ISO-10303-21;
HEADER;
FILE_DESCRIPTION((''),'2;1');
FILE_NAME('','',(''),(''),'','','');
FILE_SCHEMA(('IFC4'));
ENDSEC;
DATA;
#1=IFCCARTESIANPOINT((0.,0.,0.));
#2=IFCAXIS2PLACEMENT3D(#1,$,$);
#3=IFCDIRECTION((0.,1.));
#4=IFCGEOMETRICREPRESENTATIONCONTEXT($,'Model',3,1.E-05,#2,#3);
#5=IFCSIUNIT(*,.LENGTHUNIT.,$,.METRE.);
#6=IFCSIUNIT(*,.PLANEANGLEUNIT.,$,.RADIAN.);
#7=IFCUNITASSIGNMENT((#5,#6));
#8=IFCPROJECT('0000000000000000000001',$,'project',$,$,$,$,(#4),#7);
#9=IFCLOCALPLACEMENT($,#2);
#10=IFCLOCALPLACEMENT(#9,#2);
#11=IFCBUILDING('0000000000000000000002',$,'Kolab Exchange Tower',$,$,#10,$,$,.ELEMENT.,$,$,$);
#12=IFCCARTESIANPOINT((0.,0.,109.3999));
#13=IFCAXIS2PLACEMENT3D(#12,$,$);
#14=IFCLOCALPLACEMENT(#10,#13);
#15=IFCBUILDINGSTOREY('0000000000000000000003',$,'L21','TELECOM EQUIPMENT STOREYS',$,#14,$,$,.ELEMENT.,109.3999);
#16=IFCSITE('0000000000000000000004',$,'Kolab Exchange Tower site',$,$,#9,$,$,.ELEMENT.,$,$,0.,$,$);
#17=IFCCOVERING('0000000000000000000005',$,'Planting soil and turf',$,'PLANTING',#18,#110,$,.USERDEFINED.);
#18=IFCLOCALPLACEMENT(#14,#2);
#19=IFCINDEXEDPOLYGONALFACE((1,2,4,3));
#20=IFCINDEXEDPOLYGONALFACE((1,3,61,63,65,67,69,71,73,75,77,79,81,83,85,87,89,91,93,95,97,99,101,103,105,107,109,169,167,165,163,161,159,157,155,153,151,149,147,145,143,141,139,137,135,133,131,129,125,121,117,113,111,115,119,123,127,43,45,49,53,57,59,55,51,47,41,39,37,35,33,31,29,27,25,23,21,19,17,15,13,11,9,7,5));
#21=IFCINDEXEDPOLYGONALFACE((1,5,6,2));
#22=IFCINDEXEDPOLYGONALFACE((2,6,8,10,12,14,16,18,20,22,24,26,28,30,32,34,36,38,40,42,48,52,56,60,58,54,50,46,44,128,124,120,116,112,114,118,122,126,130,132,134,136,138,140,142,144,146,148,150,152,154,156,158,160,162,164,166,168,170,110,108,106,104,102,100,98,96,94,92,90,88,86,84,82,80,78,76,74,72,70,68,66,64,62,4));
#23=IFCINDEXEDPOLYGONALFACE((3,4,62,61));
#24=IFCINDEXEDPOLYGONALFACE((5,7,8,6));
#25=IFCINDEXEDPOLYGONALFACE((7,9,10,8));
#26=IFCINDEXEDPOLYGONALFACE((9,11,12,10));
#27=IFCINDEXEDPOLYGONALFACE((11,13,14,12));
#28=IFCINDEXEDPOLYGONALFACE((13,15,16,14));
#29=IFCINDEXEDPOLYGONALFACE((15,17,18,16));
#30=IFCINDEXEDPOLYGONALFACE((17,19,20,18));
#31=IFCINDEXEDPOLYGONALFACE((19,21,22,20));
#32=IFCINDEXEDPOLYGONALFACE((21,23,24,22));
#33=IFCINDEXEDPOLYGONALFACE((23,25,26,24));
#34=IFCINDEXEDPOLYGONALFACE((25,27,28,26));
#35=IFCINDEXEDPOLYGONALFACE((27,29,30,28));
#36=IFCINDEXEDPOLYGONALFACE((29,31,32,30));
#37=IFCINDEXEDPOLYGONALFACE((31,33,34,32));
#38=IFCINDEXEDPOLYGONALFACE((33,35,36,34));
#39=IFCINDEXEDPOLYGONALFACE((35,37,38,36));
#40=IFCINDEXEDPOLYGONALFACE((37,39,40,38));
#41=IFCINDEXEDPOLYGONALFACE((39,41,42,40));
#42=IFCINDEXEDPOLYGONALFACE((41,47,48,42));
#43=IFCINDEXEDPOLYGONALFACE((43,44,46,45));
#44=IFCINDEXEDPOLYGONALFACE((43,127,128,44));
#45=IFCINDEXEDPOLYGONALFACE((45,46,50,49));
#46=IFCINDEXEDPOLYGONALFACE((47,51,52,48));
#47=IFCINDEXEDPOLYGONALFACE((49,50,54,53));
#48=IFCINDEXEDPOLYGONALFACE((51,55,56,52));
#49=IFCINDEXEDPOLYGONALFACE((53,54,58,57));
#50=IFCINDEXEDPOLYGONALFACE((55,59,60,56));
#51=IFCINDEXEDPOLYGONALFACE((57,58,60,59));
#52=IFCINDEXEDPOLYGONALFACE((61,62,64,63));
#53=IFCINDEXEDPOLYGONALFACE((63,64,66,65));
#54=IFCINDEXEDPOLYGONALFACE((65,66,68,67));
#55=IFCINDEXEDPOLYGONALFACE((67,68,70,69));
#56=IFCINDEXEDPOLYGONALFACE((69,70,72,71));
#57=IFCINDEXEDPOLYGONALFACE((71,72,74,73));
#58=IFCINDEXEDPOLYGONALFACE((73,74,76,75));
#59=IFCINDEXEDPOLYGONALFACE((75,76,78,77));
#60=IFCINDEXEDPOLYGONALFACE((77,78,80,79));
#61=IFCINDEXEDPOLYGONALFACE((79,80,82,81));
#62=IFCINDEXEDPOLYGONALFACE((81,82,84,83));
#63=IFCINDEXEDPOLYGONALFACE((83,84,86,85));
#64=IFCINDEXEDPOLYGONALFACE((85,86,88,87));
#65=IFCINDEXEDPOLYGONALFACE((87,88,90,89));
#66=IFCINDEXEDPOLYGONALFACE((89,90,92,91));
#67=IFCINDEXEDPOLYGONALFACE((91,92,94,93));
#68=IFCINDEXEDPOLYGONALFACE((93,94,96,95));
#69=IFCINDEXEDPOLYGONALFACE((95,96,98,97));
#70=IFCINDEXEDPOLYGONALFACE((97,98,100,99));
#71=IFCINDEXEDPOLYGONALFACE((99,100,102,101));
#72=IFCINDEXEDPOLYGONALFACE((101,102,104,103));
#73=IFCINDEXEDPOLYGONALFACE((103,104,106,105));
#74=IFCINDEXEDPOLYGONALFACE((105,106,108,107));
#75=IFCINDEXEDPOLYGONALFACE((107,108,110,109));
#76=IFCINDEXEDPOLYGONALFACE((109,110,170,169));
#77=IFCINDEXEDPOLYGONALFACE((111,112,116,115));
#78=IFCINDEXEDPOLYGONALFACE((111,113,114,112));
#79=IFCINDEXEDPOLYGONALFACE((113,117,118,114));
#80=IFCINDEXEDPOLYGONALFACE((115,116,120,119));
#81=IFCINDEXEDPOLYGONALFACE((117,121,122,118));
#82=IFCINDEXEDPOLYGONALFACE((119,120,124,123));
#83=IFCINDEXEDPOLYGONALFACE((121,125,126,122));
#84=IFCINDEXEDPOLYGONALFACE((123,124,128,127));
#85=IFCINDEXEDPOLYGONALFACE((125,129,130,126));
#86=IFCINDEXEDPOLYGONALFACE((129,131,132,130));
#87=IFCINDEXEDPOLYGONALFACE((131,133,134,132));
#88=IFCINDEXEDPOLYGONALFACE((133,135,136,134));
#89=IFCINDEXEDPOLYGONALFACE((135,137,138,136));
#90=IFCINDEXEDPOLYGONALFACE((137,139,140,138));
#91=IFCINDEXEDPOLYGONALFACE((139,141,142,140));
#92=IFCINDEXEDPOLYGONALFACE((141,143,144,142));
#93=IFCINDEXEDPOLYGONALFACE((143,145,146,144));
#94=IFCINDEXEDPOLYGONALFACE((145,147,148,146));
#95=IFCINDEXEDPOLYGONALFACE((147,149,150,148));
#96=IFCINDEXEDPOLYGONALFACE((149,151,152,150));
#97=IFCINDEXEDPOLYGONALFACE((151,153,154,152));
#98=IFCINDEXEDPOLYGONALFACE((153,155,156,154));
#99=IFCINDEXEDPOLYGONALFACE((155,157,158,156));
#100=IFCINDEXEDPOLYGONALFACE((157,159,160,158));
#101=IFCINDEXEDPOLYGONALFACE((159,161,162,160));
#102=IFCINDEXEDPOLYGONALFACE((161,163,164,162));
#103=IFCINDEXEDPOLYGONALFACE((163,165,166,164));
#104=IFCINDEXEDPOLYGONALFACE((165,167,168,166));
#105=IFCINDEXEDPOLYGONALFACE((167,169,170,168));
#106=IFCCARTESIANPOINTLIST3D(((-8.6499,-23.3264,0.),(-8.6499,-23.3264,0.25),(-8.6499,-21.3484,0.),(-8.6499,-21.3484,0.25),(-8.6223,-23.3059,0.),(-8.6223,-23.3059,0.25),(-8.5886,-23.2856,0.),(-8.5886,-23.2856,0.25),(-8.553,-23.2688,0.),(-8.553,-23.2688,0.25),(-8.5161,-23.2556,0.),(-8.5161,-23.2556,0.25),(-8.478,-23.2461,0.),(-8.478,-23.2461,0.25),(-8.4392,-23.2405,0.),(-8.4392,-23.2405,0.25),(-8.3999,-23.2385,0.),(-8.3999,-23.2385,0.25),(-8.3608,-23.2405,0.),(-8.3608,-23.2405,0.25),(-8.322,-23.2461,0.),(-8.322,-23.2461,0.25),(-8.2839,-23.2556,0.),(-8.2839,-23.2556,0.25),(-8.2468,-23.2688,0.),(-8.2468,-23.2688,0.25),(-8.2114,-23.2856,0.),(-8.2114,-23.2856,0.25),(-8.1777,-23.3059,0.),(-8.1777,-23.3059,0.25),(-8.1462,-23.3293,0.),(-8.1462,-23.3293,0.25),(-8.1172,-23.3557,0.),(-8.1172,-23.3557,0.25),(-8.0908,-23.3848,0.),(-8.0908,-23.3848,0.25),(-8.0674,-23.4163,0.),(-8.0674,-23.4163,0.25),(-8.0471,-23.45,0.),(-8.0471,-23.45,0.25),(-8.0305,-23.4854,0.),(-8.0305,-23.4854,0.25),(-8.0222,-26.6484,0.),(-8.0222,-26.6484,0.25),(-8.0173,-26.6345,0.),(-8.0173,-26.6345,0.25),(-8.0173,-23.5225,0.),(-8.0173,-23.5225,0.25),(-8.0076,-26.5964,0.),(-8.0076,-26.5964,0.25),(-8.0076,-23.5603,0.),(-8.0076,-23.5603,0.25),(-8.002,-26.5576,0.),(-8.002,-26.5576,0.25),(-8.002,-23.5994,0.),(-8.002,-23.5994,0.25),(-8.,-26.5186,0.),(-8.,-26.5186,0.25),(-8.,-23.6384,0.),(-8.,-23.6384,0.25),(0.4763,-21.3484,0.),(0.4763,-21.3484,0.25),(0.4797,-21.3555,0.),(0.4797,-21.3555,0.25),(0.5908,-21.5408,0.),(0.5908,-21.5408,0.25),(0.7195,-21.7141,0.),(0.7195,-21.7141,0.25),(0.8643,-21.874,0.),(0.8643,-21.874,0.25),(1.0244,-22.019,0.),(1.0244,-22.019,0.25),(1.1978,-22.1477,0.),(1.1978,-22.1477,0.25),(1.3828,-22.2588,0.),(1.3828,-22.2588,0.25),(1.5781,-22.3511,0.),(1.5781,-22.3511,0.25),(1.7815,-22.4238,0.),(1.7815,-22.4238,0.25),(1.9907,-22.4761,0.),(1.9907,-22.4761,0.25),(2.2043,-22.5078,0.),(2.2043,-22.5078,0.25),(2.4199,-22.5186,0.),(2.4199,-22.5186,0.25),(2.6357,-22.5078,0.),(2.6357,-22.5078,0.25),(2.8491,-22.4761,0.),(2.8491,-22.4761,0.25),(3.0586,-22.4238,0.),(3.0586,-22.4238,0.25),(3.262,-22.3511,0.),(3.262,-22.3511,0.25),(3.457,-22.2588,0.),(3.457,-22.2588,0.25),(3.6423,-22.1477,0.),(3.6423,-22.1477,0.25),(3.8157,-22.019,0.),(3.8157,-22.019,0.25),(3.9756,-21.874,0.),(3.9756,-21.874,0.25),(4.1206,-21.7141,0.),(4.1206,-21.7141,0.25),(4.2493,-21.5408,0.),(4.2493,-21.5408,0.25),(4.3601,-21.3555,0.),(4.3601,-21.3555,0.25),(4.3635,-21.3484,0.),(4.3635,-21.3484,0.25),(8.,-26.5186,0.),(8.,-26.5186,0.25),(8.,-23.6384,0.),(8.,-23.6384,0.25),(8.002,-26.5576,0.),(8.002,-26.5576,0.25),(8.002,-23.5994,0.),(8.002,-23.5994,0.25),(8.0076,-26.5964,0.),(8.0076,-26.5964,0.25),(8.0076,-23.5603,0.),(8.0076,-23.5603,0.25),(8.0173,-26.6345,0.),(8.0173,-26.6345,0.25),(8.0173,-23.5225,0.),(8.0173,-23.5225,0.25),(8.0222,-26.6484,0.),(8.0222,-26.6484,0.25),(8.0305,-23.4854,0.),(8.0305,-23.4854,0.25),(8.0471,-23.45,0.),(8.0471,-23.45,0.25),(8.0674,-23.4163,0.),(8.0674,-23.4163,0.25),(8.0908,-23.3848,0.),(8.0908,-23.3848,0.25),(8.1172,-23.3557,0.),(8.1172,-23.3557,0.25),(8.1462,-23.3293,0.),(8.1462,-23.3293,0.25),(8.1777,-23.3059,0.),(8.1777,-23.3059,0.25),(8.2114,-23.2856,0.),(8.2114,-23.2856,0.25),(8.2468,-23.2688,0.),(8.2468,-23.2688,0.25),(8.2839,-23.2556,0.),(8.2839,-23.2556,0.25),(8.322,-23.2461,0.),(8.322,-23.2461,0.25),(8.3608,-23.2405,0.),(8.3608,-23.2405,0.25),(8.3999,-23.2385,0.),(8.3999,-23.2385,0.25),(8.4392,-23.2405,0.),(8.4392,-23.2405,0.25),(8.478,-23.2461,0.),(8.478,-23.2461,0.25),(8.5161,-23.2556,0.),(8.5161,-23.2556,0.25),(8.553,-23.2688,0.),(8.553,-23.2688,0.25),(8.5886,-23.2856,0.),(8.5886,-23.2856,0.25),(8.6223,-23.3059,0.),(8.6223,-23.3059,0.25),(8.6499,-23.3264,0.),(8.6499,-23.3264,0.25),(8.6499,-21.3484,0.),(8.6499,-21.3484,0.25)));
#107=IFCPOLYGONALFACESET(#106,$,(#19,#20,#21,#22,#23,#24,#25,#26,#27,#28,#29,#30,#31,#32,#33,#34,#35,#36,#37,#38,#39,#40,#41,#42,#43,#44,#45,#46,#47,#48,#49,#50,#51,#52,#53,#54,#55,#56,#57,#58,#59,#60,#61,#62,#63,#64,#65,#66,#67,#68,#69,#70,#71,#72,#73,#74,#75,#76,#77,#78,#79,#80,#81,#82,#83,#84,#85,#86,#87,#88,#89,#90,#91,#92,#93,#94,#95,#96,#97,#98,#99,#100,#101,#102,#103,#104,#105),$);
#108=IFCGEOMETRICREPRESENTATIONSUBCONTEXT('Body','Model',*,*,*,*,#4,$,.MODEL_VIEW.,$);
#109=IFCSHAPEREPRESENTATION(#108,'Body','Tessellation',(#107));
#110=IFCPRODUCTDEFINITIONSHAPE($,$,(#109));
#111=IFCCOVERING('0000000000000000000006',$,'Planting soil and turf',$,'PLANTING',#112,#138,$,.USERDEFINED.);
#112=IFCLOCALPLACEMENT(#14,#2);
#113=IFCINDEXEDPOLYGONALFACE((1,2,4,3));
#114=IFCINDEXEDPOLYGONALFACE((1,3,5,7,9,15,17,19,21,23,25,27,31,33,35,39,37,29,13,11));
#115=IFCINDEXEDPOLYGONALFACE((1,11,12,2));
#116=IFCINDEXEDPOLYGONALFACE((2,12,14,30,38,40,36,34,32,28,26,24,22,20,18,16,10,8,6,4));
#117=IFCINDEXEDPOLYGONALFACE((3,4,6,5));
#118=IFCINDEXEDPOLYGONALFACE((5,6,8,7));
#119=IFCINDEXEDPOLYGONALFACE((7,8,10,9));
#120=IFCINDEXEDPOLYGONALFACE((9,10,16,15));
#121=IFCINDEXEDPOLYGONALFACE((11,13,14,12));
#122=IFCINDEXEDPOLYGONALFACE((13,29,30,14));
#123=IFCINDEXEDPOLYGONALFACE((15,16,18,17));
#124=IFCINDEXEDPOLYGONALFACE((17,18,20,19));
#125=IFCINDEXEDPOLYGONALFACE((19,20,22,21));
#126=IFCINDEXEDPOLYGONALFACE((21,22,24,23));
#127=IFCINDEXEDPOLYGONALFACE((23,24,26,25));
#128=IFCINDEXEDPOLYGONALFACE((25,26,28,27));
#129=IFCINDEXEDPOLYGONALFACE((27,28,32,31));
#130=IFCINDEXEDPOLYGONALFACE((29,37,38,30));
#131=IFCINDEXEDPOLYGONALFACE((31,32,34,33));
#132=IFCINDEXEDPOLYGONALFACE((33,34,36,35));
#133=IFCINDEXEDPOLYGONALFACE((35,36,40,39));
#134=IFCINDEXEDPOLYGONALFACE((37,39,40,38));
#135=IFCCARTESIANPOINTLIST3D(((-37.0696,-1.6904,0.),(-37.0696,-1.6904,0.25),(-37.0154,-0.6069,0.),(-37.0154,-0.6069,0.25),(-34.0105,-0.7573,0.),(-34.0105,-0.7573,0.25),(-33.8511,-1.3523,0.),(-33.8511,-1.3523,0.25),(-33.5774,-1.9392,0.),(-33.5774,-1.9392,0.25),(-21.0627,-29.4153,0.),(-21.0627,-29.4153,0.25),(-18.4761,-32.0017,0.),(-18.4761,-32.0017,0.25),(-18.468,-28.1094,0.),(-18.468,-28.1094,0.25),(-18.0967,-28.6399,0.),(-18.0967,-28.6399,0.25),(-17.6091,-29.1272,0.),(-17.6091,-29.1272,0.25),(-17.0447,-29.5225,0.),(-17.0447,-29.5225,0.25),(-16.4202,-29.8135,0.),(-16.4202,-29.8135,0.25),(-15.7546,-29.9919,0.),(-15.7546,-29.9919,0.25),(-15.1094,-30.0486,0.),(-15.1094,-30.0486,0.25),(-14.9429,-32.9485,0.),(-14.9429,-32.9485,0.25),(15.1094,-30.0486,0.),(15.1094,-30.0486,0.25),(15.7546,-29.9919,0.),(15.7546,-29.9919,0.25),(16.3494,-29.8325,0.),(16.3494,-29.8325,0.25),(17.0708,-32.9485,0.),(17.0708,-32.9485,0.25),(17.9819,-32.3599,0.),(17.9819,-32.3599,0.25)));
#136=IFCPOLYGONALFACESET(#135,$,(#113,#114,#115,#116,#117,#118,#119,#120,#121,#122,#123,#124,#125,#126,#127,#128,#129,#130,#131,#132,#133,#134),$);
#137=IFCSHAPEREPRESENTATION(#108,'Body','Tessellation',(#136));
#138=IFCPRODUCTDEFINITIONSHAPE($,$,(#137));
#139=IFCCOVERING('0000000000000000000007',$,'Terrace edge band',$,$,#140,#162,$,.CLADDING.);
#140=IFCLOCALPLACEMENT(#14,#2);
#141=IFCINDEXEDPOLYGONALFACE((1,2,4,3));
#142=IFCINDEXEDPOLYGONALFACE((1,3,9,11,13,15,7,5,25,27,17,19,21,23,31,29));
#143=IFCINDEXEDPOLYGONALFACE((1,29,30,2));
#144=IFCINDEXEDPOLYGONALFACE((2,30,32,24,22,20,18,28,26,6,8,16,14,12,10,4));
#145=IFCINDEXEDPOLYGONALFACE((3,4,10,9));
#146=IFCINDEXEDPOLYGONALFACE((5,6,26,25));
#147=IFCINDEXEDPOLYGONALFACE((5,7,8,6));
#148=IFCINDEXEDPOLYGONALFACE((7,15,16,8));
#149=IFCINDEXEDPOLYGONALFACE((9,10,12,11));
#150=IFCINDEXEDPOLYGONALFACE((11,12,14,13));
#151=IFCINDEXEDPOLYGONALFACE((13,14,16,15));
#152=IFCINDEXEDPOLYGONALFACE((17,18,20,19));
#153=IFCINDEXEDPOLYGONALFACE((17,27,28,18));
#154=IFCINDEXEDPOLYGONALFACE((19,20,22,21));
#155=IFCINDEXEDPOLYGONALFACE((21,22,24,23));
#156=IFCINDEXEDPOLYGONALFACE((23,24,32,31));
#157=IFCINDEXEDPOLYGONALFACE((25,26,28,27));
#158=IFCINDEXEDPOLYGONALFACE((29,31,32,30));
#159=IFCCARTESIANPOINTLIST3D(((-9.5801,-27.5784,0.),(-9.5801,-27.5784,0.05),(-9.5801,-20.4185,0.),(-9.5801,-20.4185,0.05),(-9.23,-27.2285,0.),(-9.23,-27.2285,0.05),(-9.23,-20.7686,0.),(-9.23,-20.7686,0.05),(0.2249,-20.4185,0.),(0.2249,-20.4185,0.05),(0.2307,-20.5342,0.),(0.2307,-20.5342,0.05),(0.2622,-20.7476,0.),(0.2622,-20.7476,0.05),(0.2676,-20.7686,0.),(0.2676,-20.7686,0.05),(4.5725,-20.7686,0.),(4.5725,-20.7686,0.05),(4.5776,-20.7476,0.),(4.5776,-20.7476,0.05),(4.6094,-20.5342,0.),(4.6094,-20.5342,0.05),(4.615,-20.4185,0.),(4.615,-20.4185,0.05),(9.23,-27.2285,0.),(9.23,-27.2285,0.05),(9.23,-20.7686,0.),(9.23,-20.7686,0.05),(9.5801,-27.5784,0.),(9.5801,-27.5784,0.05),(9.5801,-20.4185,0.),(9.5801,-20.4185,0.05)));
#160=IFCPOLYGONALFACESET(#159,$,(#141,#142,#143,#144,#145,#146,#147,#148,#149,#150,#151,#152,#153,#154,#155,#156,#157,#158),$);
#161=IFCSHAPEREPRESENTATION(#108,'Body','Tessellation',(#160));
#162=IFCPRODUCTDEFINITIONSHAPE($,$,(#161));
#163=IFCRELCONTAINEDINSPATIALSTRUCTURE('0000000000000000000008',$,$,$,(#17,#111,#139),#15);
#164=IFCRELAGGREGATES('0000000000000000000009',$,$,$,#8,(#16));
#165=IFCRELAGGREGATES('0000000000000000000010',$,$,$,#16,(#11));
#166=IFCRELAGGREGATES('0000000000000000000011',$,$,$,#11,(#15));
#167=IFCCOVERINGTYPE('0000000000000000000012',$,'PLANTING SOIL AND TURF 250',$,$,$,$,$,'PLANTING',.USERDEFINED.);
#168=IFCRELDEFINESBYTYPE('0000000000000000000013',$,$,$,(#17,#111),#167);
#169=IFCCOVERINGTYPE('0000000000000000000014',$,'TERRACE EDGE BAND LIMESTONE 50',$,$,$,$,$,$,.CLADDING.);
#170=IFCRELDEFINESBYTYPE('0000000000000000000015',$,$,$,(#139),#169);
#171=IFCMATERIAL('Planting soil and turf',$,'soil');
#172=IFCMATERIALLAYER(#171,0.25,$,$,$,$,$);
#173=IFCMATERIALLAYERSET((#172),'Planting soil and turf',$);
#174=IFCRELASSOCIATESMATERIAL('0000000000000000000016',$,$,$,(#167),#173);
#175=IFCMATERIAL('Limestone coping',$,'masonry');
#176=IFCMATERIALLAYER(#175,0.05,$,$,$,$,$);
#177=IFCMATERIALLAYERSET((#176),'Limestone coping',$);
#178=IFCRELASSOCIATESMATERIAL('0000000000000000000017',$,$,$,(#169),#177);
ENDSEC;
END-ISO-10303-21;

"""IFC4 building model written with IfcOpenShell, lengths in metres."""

from ifc_helpers import new_model, si_unit, direction, frame, origin, place, context, subcontext, project, spatial, polyline, outline, extrude, material, layer, layer_set, type_object, element, save


model = new_model("IFC4")

# Units and contexts
model_context = context("Model", 3, precision=1e-05, world=origin(), true_north=direction((0.0, 1.0)))
body_context = subcontext(model_context, "Body", "Model", "MODEL_VIEW")
ifc_project = project(units=[si_unit("LENGTHUNIT", "METRE"), si_unit("PLANEANGLEUNIT", "RADIAN")], contexts=[model_context])

# Site, building, storey
site_placement = place(None, origin())
site = spatial("IfcSite", under=ifc_project, at=site_placement, Name="Kolab Exchange Tower site", CompositionType="ELEMENT", RefElevation=0.0)
building_placement = place(site_placement, origin())
building = spatial("IfcBuilding", under=site, at=building_placement, Name="Kolab Exchange Tower", CompositionType="ELEMENT")
storey_placement = place(building_placement, frame((0.0, 0.0, 109.3999)))
storey = spatial("IfcBuildingStorey", under=building, at=storey_placement, Name="L21", Description="TELECOM EQUIPMENT STOREYS", CompositionType="ELEMENT", Elevation=109.3999)

# Coverings
ifc_material_1 = material(Name="Planting soil and turf", Category="soil")
ifc_layer_1 = layer(ifc_material_1, 0.25)
ifc_layer_set_1 = layer_set([ifc_layer_1], Name="Planting soil and turf")
covering_type_1 = type_object("IfcCoveringType", Name="PLANTING SOIL AND TURF 250", ElementType="PLANTING", PredefinedType="USERDEFINED", material=ifc_layer_set_1)
covering_1_placement = place(storey_placement, origin())
element("IfcCovering", 1, at=covering_1_placement, inside=storey, type_object=covering_type_1, Name="Planting soil and turf", ObjectType="PLANTING", PredefinedType="USERDEFINED", context=body_context, shape_type="SweptSolid", body=[
    extrude(outline(polyline([(8.6499, -23.3264), (8.6223, -23.3059), (8.5886, -23.2856), (8.553, -23.2688), (8.5161, -23.2556), (8.478, -23.2461), (8.4392, -23.2405), (8.3999, -23.2385), (8.3608, -23.2405), (8.322, -23.2461), (8.2839, -23.2556), (8.2468, -23.2688), (8.2114, -23.2856), (8.1777, -23.3059), (8.1462, -23.3293), (8.1172, -23.3557), (8.0908, -23.3848), (8.0674, -23.4163), (8.0471, -23.45), (8.0305, -23.4854), (8.0173, -23.5225), (8.0076, -23.5603), (8.002, -23.5994), (8.0, -23.6384), (8.0, -26.5186), (8.002, -26.5576), (8.0076, -26.5964), (8.0173, -26.6345), (8.0222, -26.6484), (-8.0222, -26.6484), (-8.0173, -26.6345), (-8.0076, -26.5964), (-8.002, -26.5576), (-8.0, -26.5186), (-8.0, -23.6384), (-8.002, -23.5994), (-8.0076, -23.5603), (-8.0173, -23.5225), (-8.0305, -23.4854), (-8.0471, -23.45), (-8.0674, -23.4163), (-8.0908, -23.3848), (-8.1172, -23.3557), (-8.1462, -23.3293), (-8.1777, -23.3059), (-8.2114, -23.2856), (-8.2468, -23.2688), (-8.2839, -23.2556), (-8.322, -23.2461), (-8.3608, -23.2405), (-8.3999, -23.2385), (-8.4392, -23.2405), (-8.478, -23.2461), (-8.5161, -23.2556), (-8.553, -23.2688), (-8.5886, -23.2856), (-8.6223, -23.3059), (-8.6499, -23.3264), (-8.6499, -21.3484), (0.4763, -21.3484), (0.4797, -21.3555), (0.5908, -21.5408), (0.7195, -21.7141), (0.8643, -21.874), (1.0244, -22.019), (1.1978, -22.1477), (1.3828, -22.2588), (1.5781, -22.3511), (1.7815, -22.4238), (1.9907, -22.4761), (2.2043, -22.5078), (2.4199, -22.5186), (2.6357, -22.5078), (2.8491, -22.4761), (3.0586, -22.4238), (3.262, -22.3511), (3.457, -22.2588), (3.6423, -22.1477), (3.8157, -22.019), (3.9756, -21.874), (4.1206, -21.7141), (4.2493, -21.5408), (4.3601, -21.3555), (4.3635, -21.3484), (8.6499, -21.3484), (8.6499, -23.3264)])), origin(), (0.0, 0.0, 1.0), 0.25),
])
covering_2_placement = place(storey_placement, origin())
element("IfcCovering", 2, at=covering_2_placement, inside=storey, type_object=covering_type_1, Name="Planting soil and turf", ObjectType="PLANTING", PredefinedType="USERDEFINED", context=body_context, shape_type="SweptSolid", body=[
    extrude(outline(polyline([(-33.8511, -1.3523), (-33.5774, -1.9392), (-18.468, -28.1094), (-18.0967, -28.6399), (-17.6091, -29.1272), (-17.0447, -29.5225), (-16.4202, -29.8135), (-15.7546, -29.9919), (-15.1094, -30.0486), (15.1094, -30.0486), (15.7546, -29.9919), (16.3494, -29.8325), (17.9819, -32.3599), (17.0708, -32.9485), (-14.9429, -32.9485), (-18.4761, -32.0017), (-21.0627, -29.4153), (-37.0696, -1.6904), (-37.0154, -0.6069), (-34.0105, -0.7573), (-33.8511, -1.3523)])), origin(), (0.0, 0.0, 1.0), 0.25),
])
ifc_material_2 = material(Name="Limestone coping", Category="masonry")
ifc_layer_2 = layer(ifc_material_2, 0.05)
ifc_layer_set_2 = layer_set([ifc_layer_2], Name="Limestone coping")
covering_type_2 = type_object("IfcCoveringType", Name="TERRACE EDGE BAND LIMESTONE 50", PredefinedType="CLADDING", material=ifc_layer_set_2)
covering_3_placement = place(storey_placement, origin())
element("IfcCovering", 3, at=covering_3_placement, inside=storey, type_object=covering_type_2, Name="Terrace edge band", PredefinedType="CLADDING", context=body_context, shape_type="SweptSolid", body=[
    extrude(outline(polyline([(-9.5801, -27.5784), (-9.5801, -20.4185), (0.2249, -20.4185), (0.2307, -20.5342), (0.2622, -20.7476), (0.2676, -20.7686), (-9.23, -20.7686), (-9.23, -27.2285), (9.23, -27.2285), (9.23, -20.7686), (4.5725, -20.7686), (4.5776, -20.7476), (4.6094, -20.5342), (4.615, -20.4185), (9.5801, -20.4185), (9.5801, -27.5784), (-9.5801, -27.5784)])), origin(), (0.0, 0.0, 1.0), 0.05),
])

save(model, "model.ifc")
